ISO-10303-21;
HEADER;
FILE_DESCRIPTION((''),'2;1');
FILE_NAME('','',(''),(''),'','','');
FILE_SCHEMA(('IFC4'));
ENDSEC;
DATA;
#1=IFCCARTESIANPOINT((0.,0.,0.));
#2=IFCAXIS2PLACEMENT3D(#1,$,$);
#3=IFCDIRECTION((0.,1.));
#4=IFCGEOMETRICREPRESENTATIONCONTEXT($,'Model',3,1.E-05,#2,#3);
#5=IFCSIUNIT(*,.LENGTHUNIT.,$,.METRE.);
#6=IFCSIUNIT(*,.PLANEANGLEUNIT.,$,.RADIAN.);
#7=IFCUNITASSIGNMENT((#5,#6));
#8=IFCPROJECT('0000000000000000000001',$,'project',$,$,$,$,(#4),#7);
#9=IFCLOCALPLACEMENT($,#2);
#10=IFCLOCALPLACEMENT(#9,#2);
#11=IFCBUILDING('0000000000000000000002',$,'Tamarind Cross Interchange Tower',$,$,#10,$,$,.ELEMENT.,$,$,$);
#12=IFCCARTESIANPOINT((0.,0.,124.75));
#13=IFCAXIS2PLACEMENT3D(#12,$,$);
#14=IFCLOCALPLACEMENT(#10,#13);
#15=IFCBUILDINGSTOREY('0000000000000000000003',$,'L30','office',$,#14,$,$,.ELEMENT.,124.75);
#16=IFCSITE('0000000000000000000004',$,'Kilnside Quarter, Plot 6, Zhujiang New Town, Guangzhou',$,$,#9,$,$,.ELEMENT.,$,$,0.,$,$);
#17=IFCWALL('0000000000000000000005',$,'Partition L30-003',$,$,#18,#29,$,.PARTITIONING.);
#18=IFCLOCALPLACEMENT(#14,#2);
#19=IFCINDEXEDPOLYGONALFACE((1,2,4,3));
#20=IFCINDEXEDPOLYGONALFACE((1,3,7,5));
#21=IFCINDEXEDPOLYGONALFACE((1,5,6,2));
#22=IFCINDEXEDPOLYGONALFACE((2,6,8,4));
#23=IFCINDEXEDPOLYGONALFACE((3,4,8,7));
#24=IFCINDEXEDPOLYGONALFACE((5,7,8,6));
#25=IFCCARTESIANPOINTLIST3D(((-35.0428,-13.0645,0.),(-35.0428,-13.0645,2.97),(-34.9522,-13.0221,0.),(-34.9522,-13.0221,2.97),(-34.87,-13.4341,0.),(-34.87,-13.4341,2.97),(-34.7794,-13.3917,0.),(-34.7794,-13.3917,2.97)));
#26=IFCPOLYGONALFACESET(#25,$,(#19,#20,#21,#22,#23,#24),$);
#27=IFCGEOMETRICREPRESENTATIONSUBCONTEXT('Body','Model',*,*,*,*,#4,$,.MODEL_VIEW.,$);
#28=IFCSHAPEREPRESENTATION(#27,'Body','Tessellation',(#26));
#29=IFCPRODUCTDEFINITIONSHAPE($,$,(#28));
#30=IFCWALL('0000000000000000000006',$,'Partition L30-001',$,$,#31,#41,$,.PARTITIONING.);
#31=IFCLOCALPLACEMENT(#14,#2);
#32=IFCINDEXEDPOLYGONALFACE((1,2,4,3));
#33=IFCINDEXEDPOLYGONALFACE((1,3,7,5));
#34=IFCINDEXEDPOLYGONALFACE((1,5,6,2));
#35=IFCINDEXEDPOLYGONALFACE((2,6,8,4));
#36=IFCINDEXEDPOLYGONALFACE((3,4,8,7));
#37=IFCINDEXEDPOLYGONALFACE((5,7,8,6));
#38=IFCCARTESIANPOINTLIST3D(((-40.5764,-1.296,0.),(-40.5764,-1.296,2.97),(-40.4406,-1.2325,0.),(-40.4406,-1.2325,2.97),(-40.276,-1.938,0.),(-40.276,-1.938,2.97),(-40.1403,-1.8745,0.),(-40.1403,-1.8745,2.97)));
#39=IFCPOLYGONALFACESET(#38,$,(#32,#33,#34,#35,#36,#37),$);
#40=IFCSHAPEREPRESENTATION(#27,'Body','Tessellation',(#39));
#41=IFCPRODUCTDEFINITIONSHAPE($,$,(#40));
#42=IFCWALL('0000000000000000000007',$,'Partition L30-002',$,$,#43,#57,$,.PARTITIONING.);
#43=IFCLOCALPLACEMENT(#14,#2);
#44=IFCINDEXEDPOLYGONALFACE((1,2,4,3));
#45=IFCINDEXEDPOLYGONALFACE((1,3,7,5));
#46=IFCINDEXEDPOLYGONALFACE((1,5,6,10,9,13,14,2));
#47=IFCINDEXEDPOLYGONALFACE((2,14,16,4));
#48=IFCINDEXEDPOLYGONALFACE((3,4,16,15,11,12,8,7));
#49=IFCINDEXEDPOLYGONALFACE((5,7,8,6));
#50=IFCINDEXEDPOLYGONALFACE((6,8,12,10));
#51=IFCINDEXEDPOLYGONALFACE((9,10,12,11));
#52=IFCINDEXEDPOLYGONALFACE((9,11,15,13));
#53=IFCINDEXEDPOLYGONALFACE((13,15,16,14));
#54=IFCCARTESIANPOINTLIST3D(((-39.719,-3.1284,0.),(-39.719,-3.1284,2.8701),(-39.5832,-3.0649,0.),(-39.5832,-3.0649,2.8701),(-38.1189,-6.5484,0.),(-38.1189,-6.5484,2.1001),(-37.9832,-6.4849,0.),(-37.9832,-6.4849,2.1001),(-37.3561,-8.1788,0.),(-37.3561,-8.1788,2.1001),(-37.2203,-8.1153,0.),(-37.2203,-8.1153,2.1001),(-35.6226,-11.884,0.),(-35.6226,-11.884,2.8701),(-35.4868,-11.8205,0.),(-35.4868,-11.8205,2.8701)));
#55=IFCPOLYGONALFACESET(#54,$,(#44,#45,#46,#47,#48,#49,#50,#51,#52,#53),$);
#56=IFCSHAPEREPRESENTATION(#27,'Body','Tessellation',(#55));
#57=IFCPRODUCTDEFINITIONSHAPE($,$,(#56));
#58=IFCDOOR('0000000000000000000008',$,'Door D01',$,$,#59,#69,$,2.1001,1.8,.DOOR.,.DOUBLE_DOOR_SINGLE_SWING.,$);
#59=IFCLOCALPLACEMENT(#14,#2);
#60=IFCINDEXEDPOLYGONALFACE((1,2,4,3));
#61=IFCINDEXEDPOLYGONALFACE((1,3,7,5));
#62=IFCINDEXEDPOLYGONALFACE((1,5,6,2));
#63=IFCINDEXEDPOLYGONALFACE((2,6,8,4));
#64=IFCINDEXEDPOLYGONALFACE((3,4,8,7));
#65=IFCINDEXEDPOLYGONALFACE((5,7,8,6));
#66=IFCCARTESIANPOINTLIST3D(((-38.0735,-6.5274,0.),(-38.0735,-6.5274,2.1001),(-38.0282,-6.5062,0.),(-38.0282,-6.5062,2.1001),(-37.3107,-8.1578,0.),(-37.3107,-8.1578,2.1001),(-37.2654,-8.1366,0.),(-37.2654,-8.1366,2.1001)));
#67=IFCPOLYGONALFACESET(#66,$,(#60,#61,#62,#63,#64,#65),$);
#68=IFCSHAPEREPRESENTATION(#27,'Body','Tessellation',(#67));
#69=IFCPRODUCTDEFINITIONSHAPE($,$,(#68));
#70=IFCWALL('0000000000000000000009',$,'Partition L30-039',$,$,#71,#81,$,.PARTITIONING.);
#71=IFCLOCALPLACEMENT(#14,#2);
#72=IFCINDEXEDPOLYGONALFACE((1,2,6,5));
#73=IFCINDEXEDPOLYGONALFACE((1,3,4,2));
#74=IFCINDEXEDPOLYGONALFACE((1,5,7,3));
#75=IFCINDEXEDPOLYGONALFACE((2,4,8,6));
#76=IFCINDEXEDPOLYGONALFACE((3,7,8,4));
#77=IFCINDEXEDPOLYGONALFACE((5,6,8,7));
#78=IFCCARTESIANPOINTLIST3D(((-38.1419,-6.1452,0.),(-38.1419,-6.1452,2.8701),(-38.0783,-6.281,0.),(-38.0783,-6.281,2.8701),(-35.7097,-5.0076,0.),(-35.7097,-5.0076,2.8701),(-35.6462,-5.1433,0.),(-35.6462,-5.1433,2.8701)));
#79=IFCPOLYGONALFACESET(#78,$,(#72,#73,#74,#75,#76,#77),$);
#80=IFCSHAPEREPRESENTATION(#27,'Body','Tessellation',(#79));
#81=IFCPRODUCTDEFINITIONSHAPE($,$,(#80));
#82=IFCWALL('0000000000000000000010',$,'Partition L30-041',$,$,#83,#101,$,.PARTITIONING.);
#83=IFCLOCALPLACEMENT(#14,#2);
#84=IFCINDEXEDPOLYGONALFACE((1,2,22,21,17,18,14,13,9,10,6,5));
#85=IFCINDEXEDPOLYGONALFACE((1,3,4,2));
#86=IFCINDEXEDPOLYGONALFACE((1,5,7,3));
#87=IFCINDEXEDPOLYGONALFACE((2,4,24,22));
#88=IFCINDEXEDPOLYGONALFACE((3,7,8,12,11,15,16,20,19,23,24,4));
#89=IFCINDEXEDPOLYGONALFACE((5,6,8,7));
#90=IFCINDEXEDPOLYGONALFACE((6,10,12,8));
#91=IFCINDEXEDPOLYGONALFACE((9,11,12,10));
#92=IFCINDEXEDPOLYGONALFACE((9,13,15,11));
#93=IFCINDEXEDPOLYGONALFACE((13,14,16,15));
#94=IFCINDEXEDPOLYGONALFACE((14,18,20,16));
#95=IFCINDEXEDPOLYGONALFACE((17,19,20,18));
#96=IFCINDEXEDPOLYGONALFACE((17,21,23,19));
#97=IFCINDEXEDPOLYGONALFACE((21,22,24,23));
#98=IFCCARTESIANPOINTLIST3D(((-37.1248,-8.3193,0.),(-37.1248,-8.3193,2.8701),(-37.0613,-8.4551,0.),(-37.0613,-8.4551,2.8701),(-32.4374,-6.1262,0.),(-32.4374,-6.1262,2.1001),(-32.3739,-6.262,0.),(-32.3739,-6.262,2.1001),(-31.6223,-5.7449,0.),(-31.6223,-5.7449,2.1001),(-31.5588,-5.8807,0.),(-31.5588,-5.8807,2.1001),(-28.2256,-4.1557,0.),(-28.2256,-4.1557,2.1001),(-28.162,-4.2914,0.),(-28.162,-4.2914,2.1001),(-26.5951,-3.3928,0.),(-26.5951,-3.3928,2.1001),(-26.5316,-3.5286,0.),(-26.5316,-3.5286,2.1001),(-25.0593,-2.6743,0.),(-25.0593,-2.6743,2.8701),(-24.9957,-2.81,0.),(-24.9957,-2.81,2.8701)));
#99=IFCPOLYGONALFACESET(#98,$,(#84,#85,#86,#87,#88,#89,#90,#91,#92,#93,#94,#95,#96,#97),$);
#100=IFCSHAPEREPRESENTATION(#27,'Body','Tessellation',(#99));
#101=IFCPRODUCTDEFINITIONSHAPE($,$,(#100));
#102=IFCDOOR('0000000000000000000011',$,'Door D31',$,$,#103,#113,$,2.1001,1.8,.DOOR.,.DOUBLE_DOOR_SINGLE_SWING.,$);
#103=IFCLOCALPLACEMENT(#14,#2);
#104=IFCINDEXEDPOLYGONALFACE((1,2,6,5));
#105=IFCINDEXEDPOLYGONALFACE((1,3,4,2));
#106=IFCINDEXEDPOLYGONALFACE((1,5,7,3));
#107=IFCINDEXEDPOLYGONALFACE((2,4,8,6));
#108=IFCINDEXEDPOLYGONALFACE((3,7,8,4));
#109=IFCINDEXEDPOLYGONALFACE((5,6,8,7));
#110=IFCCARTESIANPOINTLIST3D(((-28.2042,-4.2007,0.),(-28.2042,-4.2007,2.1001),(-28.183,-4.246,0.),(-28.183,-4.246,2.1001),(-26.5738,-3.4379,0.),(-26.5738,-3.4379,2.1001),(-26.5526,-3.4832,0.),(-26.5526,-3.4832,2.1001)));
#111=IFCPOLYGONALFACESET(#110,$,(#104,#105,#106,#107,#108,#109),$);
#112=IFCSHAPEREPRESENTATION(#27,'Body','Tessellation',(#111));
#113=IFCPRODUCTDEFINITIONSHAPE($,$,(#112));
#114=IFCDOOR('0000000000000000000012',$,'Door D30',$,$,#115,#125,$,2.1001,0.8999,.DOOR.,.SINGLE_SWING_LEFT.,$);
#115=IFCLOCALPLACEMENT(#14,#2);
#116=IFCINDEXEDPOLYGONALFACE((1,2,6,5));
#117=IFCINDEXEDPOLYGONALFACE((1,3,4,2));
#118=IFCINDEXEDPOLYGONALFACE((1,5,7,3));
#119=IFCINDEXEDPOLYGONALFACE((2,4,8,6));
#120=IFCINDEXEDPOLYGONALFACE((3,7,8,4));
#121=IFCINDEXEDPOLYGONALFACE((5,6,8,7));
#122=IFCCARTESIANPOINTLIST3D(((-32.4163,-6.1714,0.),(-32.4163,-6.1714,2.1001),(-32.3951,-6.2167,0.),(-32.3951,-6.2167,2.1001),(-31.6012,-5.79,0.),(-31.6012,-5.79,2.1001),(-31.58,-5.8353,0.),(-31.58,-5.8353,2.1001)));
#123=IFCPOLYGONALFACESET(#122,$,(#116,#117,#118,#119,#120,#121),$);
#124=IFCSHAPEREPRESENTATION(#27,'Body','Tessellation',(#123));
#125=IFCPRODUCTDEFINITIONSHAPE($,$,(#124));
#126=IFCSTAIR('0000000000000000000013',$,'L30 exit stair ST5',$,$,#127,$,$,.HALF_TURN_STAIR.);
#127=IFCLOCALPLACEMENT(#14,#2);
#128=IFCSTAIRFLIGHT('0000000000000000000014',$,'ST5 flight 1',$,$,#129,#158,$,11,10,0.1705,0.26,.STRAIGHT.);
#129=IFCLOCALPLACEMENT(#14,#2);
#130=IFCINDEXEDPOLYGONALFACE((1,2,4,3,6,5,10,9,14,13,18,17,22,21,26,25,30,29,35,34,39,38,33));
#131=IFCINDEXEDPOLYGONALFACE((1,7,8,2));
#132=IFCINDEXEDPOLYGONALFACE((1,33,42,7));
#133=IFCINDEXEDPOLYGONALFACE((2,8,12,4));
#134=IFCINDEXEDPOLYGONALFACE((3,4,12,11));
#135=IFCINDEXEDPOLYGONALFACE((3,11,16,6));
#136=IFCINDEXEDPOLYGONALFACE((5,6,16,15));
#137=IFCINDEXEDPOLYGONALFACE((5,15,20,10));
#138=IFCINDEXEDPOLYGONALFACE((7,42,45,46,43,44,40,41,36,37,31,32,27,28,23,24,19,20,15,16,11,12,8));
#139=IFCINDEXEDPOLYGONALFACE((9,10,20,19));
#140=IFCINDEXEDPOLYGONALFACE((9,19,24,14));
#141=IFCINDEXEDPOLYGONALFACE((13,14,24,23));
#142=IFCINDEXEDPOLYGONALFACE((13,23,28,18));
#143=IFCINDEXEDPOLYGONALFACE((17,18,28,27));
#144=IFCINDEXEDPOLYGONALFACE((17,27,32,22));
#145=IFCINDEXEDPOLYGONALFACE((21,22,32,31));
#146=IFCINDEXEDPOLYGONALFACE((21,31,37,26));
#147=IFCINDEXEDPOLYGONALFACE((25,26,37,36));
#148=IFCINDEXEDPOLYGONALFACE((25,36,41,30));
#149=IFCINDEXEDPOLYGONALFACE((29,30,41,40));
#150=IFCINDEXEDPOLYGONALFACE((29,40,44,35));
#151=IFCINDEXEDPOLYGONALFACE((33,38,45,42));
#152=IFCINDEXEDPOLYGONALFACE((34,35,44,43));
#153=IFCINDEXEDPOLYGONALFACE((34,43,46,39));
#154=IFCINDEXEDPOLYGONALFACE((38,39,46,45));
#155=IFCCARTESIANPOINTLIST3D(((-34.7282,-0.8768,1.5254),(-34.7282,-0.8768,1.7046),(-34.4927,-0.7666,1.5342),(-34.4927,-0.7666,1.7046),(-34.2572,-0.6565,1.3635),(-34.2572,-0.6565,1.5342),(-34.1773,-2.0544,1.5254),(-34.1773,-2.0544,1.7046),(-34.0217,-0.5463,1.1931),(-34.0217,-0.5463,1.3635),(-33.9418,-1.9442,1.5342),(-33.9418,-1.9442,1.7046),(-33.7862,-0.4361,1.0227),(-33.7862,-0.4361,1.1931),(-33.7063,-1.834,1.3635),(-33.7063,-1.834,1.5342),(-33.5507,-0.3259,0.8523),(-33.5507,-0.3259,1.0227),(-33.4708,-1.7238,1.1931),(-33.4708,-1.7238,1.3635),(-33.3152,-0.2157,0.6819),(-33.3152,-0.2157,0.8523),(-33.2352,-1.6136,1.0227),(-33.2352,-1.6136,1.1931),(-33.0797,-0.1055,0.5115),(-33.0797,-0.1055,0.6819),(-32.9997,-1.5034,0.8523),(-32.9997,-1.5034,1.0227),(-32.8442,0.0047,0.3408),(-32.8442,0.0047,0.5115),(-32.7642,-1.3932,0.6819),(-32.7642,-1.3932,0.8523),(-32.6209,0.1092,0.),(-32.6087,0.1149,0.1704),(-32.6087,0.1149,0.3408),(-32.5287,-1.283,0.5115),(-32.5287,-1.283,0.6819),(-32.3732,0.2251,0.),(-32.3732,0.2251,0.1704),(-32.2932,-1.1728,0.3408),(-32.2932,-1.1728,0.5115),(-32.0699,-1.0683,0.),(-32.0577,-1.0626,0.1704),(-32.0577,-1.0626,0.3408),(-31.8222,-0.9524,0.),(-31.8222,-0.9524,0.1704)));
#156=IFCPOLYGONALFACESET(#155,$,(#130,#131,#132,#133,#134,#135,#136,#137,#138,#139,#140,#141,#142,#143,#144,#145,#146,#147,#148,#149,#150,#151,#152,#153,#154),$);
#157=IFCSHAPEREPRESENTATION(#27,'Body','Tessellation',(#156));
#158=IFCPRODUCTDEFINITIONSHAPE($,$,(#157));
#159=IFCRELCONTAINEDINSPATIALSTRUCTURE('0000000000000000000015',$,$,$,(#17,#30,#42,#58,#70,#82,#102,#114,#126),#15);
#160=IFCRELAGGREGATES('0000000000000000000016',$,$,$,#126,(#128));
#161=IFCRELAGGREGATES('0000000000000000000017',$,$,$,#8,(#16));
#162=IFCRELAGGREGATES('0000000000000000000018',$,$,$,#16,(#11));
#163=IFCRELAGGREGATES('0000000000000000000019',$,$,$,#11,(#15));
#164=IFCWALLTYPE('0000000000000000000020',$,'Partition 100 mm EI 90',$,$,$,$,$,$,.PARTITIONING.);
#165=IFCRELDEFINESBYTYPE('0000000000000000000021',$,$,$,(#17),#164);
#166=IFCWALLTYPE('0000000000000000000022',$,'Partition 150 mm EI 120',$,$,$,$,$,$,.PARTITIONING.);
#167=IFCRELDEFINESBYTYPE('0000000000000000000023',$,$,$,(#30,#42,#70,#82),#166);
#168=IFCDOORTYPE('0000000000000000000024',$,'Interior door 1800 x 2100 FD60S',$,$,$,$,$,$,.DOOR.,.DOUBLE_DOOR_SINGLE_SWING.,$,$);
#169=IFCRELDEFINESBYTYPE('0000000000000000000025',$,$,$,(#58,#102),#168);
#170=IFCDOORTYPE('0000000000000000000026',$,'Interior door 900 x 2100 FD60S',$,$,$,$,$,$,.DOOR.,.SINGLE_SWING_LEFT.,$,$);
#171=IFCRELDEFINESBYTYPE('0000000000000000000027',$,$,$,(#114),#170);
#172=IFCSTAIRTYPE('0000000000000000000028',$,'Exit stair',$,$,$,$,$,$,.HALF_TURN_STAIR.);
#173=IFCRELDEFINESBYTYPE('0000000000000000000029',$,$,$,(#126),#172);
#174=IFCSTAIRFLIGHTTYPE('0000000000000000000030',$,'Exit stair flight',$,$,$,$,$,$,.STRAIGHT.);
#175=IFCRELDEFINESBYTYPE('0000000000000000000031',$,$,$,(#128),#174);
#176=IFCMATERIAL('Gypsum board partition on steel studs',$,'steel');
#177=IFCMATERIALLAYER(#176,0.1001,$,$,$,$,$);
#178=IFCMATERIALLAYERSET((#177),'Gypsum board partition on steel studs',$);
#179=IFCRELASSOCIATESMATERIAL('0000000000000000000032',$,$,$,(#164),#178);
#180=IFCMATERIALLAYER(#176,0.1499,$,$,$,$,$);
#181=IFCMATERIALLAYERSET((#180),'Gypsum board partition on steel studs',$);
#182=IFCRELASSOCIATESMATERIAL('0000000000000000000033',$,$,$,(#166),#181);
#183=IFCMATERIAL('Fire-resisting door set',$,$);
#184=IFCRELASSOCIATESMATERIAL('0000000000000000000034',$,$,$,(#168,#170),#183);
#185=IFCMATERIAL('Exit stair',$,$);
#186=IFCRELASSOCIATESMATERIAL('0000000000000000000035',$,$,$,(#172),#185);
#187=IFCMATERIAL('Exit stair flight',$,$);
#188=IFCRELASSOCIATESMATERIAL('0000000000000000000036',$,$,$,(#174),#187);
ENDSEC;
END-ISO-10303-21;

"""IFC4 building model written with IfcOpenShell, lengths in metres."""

from ifc_helpers import new_model, si_unit, direction, frame, frame_2d, origin, place, context, subcontext, project, spatial, polyline, rectangle, outline, extrude, material, layer, layer_set, type_object, element, fill, aggregate, save


model = new_model("IFC4")

# Units and contexts
model_context = context("Model", 3, precision=1e-05, world=origin(), true_north=direction((0.0, 1.0)))
body_context = subcontext(model_context, "Body", "Model", "MODEL_VIEW")
ifc_project = project(units=[si_unit("LENGTHUNIT", "METRE"), si_unit("PLANEANGLEUNIT", "RADIAN")], contexts=[model_context])

# Site, building, storey
site_placement = place(None, origin())
site = spatial("IfcSite", under=ifc_project, at=site_placement, Name="Kilnside Quarter, Plot 6, Zhujiang New Town, Guangzhou", CompositionType="ELEMENT", RefElevation=0.0)
building_placement = place(site_placement, origin())
building = spatial("IfcBuilding", under=site, at=building_placement, Name="Tamarind Cross Interchange Tower", CompositionType="ELEMENT")
storey_placement = place(building_placement, frame((0.0, 0.0, 124.75)))
storey = spatial("IfcBuildingStorey", under=building, at=storey_placement, Name="L30", Description="office", CompositionType="ELEMENT", Elevation=124.75)

# Walls
ifc_material_1 = material(Name="Gypsum board partition on steel studs", Category="steel")
ifc_layer_1 = layer(ifc_material_1, 0.1001)
ifc_layer_set_1 = layer_set([ifc_layer_1], Name="Gypsum board partition on steel studs")
wall_type_1 = type_object("IfcWallType", Name="Partition 100 mm EI 90", PredefinedType="PARTITIONING", material=ifc_layer_set_1)
wall_1_placement = place(storey_placement, frame((-34.9976, -13.0432, 0.0), z_axis=(0.0, 0.0, 1.0), x_axis=(0.423606, -0.905847, 0.0)))
element("IfcWall", 1, at=wall_1_placement, inside=storey, type_object=wall_type_1, Name="Partition L30-003", PredefinedType="PARTITIONING", context=body_context, shape_type="SweptSolid", body=[
    extrude(rectangle(XDim=0.408, YDim=0.1001, at=frame_2d((0.2041, 0.0))), origin(), (0.0, 0.0, 1.0), 2.97),
])
ifc_layer_2 = layer(ifc_material_1, 0.1499)
ifc_layer_set_2 = layer_set([ifc_layer_2], Name="Gypsum board partition on steel studs")
wall_type_2 = type_object("IfcWallType", Name="Partition 150 mm EI 120", PredefinedType="PARTITIONING", material=ifc_layer_set_2)
wall_2_placement = place(storey_placement, frame((-40.5085, -1.2642, 0.0), z_axis=(0.0, 0.0, 1.0), x_axis=(0.423772, -0.905769, 0.0)))
element("IfcWall", 2, at=wall_2_placement, inside=storey, type_object=wall_type_2, Name="Partition L30-001", PredefinedType="PARTITIONING", context=body_context, shape_type="SweptSolid", body=[
    extrude(rectangle(XDim=0.7087, YDim=0.1499, at=frame_2d((0.3545, 0.0))), origin(), (0.0, 0.0, 1.0), 2.97),
])

# Wall, opening, door
wall_3_placement = place(storey_placement, frame((-39.6511, -3.0967, 0.0), z_axis=(0.0, 0.0, 1.0), x_axis=(0.423776, -0.905767, 0.0)))
wall_3 = element("IfcWall", 3, at=wall_3_placement, inside=storey, type_object=wall_type_2, Name="Partition L30-002", PredefinedType="PARTITIONING", context=body_context, shape_type="SweptSolid", body=[
    extrude(rectangle(XDim=9.6665, YDim=0.1499, at=frame_2d((4.8333, 0.0))), origin(), (0.0, 0.0, 1.0), 2.8701),
])
opening_1_placement = place(wall_3_placement, frame((3.7759, 0.0, 0.0)))
opening_1 = element("IfcOpeningElement", 4, at=opening_1_placement, cuts=wall_3, PredefinedType="OPENING", context=body_context, shape_type="SweptSolid", body=[
    extrude(rectangle(XDim=1.8, YDim=2.1001, at=frame_2d((0.8999, 1.05))), frame((0.0, 0.085, 0.0), z_axis=(0.0, -1.0, 0.0), x_axis=(1.0, 0.0, 0.0)), (0.0, 0.0, 1.0), 0.1699),
])
ifc_material_2 = material(Name="Fire-resisting door set")
door_type_1 = type_object("IfcDoorType", Name="Interior door 1800 x 2100 FD60S", OperationType="DOUBLE_DOOR_SINGLE_SWING", PredefinedType="DOOR", material=ifc_material_2)
door_1_placement = place(opening_1_placement, frame((1.8, 0.0, 0.0), z_axis=(0.0, 0.0, 1.0), x_axis=(-1.0, 0.0, 0.0)))
door_1 = element("IfcDoor", 5, at=door_1_placement, inside=storey, type_object=door_type_1, Name="Door D01", OperationType="DOUBLE_DOOR_SINGLE_SWING", OverallHeight=2.1001, OverallWidth=1.8, PredefinedType="DOOR", context=body_context, shape_type="SweptSolid", body=[
    extrude(rectangle(XDim=1.8, YDim=2.1001, at=frame_2d((0.8999, 1.05))), frame((0.0, 0.0249, 0.0), z_axis=(0.0, -1.0, 0.0), x_axis=(1.0, 0.0, 0.0)), (0.0, 0.0, 1.0), 0.05),
])
fill(opening_1, door_1)

# Wall
wall_4_placement = place(storey_placement, frame((-38.1101, -6.2131, 0.0), z_axis=(0.0, 0.0, 1.0), x_axis=(0.905797, 0.423712, 0.0)))
element("IfcWall", 6, at=wall_4_placement, inside=storey, type_object=wall_type_2, Name="Partition L30-039", PredefinedType="PARTITIONING", context=body_context, shape_type="SweptSolid", body=[
    extrude(rectangle(XDim=2.6851, YDim=0.1499, at=frame_2d((1.3425, 0.0))), origin(), (0.0, 0.0, 1.0), 2.8701),
])

# Wall, openings, doors
wall_5_placement = place(storey_placement, frame((-37.093, -8.3872, 0.0), z_axis=(0.0, 0.0, 1.0), x_axis=(0.905766, 0.423778, 0.0)))
wall_5 = element("IfcWall", 7, at=wall_5_placement, inside=storey, type_object=wall_type_2, Name="Partition L30-041", PredefinedType="PARTITIONING", context=body_context, shape_type="SweptSolid", body=[
    extrude(rectangle(XDim=13.3208, YDim=0.1499, at=frame_2d((6.6604, 0.0))), origin(), (0.0, 0.0, 1.0), 2.8701),
])
opening_2_placement = place(wall_5_placement, frame((5.175, 0.0, 0.0)))
opening_2 = element("IfcOpeningElement", 8, at=opening_2_placement, cuts=wall_5, PredefinedType="OPENING", context=body_context, shape_type="SweptSolid", body=[
    extrude(rectangle(XDim=0.8999, YDim=2.1001, at=frame_2d((0.45, 1.05))), frame((0.0, 0.085, 0.0), z_axis=(0.0, -1.0, 0.0), x_axis=(1.0, 0.0, 0.0)), (0.0, 0.0, 1.0), 0.1699),
])
opening_3_placement = place(wall_5_placement, frame((9.8252, 0.0, 0.0)))
opening_3 = element("IfcOpeningElement", 9, at=opening_3_placement, cuts=wall_5, PredefinedType="OPENING", context=body_context, shape_type="SweptSolid", body=[
    extrude(rectangle(XDim=1.8, YDim=2.1001, at=frame_2d((0.8999, 1.05))), frame((0.0, 0.085, 0.0), z_axis=(0.0, -1.0, 0.0), x_axis=(1.0, 0.0, 0.0)), (0.0, 0.0, 1.0), 0.1699),
])
door_2_placement = place(opening_3_placement, frame((1.8, 0.0, 0.0), z_axis=(0.0, 0.0, 1.0), x_axis=(-1.0, 0.0, 0.0)))
door_2 = element("IfcDoor", 10, at=door_2_placement, inside=storey, type_object=door_type_1, Name="Door D31", OperationType="DOUBLE_DOOR_SINGLE_SWING", OverallHeight=2.1001, OverallWidth=1.8, PredefinedType="DOOR", context=body_context, shape_type="SweptSolid", body=[
    extrude(rectangle(XDim=1.8, YDim=2.1001, at=frame_2d((0.8999, 1.05))), frame((0.0, 0.0249, 0.0), z_axis=(0.0, -1.0, 0.0), x_axis=(1.0, 0.0, 0.0)), (0.0, 0.0, 1.0), 0.05),
])
fill(opening_3, door_2)
door_type_2 = type_object("IfcDoorType", Name="Interior door 900 x 2100 FD60S", OperationType="SINGLE_SWING_LEFT", PredefinedType="DOOR", material=ifc_material_2)
door_3_placement = place(opening_2_placement, frame((0.8999, 0.0, 0.0), z_axis=(0.0, 0.0, 1.0), x_axis=(-1.0, 0.0, 0.0)))
door_3 = element("IfcDoor", 11, at=door_3_placement, inside=storey, type_object=door_type_2, Name="Door D30", OperationType="SINGLE_SWING_LEFT", OverallHeight=2.1001, OverallWidth=0.8999, PredefinedType="DOOR", context=body_context, shape_type="SweptSolid", body=[
    extrude(rectangle(XDim=0.8999, YDim=2.1001, at=frame_2d((0.45, 1.05))), frame((0.0, 0.0249, 0.0), z_axis=(0.0, -1.0, 0.0), x_axis=(1.0, 0.0, 0.0)), (0.0, 0.0, 1.0), 0.05),
])
fill(opening_2, door_3)

# Stair, stair flight
ifc_material_3 = material(Name="Exit stair")
stair_type = type_object("IfcStairType", Name="Exit stair", PredefinedType="HALF_TURN_STAIR", material=ifc_material_3)
stair_placement = place(storey_placement, origin())
stair = element("IfcStair", 12, at=stair_placement, inside=storey, type_object=stair_type, Name="L30 exit stair ST5", PredefinedType="HALF_TURN_STAIR")
ifc_material_4 = material(Name="Exit stair flight")
stair_flight_type = type_object("IfcStairFlightType", Name="Exit stair flight", PredefinedType="STRAIGHT", material=ifc_material_4)
stair_flight_1_placement = place(storey_placement, frame((-32.0977, -0.3638, 0.0), z_axis=(0.0, 0.0, 1.0), x_axis=(-0.905752, -0.423807, 0.0)))
stair_flight_1 = element("IfcStairFlight", 13, at=stair_flight_1_placement, type_object=stair_flight_type, Name="ST5 flight 1", NumberOfRisers=11, NumberOfTreads=10, PredefinedType="STRAIGHT", RiserHeight=0.1705, TreadLength=0.26, context=body_context, shape_type="SweptSolid", body=[
    extrude(outline(polyline([(0.0, 0.0), (0.0, 0.1704), (0.26, 0.1704), (0.26, 0.3408), (0.52, 0.3408), (0.52, 0.5115), (0.78, 0.5115), (0.78, 0.6819), (1.04, 0.6819), (1.04, 0.8523), (1.3, 0.8523), (1.3, 1.0227), (1.5601, 1.0227), (1.5601, 1.1931), (1.8201, 1.1931), (1.8201, 1.3635), (2.0801, 1.3635), (2.0801, 1.5342), (2.3401, 1.5342), (2.3401, 1.7046), (2.6001, 1.7046), (2.6001, 1.875), (2.6001, 1.5254), (0.2734, 0.0), (0.0, 0.0)])), frame((0.0, 0.6499, 0.0), z_axis=(0.0, -1.0, 0.0), x_axis=(1.0, 0.0, 0.0)), (0.0, 0.0, 1.0), 1.3),
])
aggregate(stair, [stair_flight_1])

save(model, "model.ifc")
